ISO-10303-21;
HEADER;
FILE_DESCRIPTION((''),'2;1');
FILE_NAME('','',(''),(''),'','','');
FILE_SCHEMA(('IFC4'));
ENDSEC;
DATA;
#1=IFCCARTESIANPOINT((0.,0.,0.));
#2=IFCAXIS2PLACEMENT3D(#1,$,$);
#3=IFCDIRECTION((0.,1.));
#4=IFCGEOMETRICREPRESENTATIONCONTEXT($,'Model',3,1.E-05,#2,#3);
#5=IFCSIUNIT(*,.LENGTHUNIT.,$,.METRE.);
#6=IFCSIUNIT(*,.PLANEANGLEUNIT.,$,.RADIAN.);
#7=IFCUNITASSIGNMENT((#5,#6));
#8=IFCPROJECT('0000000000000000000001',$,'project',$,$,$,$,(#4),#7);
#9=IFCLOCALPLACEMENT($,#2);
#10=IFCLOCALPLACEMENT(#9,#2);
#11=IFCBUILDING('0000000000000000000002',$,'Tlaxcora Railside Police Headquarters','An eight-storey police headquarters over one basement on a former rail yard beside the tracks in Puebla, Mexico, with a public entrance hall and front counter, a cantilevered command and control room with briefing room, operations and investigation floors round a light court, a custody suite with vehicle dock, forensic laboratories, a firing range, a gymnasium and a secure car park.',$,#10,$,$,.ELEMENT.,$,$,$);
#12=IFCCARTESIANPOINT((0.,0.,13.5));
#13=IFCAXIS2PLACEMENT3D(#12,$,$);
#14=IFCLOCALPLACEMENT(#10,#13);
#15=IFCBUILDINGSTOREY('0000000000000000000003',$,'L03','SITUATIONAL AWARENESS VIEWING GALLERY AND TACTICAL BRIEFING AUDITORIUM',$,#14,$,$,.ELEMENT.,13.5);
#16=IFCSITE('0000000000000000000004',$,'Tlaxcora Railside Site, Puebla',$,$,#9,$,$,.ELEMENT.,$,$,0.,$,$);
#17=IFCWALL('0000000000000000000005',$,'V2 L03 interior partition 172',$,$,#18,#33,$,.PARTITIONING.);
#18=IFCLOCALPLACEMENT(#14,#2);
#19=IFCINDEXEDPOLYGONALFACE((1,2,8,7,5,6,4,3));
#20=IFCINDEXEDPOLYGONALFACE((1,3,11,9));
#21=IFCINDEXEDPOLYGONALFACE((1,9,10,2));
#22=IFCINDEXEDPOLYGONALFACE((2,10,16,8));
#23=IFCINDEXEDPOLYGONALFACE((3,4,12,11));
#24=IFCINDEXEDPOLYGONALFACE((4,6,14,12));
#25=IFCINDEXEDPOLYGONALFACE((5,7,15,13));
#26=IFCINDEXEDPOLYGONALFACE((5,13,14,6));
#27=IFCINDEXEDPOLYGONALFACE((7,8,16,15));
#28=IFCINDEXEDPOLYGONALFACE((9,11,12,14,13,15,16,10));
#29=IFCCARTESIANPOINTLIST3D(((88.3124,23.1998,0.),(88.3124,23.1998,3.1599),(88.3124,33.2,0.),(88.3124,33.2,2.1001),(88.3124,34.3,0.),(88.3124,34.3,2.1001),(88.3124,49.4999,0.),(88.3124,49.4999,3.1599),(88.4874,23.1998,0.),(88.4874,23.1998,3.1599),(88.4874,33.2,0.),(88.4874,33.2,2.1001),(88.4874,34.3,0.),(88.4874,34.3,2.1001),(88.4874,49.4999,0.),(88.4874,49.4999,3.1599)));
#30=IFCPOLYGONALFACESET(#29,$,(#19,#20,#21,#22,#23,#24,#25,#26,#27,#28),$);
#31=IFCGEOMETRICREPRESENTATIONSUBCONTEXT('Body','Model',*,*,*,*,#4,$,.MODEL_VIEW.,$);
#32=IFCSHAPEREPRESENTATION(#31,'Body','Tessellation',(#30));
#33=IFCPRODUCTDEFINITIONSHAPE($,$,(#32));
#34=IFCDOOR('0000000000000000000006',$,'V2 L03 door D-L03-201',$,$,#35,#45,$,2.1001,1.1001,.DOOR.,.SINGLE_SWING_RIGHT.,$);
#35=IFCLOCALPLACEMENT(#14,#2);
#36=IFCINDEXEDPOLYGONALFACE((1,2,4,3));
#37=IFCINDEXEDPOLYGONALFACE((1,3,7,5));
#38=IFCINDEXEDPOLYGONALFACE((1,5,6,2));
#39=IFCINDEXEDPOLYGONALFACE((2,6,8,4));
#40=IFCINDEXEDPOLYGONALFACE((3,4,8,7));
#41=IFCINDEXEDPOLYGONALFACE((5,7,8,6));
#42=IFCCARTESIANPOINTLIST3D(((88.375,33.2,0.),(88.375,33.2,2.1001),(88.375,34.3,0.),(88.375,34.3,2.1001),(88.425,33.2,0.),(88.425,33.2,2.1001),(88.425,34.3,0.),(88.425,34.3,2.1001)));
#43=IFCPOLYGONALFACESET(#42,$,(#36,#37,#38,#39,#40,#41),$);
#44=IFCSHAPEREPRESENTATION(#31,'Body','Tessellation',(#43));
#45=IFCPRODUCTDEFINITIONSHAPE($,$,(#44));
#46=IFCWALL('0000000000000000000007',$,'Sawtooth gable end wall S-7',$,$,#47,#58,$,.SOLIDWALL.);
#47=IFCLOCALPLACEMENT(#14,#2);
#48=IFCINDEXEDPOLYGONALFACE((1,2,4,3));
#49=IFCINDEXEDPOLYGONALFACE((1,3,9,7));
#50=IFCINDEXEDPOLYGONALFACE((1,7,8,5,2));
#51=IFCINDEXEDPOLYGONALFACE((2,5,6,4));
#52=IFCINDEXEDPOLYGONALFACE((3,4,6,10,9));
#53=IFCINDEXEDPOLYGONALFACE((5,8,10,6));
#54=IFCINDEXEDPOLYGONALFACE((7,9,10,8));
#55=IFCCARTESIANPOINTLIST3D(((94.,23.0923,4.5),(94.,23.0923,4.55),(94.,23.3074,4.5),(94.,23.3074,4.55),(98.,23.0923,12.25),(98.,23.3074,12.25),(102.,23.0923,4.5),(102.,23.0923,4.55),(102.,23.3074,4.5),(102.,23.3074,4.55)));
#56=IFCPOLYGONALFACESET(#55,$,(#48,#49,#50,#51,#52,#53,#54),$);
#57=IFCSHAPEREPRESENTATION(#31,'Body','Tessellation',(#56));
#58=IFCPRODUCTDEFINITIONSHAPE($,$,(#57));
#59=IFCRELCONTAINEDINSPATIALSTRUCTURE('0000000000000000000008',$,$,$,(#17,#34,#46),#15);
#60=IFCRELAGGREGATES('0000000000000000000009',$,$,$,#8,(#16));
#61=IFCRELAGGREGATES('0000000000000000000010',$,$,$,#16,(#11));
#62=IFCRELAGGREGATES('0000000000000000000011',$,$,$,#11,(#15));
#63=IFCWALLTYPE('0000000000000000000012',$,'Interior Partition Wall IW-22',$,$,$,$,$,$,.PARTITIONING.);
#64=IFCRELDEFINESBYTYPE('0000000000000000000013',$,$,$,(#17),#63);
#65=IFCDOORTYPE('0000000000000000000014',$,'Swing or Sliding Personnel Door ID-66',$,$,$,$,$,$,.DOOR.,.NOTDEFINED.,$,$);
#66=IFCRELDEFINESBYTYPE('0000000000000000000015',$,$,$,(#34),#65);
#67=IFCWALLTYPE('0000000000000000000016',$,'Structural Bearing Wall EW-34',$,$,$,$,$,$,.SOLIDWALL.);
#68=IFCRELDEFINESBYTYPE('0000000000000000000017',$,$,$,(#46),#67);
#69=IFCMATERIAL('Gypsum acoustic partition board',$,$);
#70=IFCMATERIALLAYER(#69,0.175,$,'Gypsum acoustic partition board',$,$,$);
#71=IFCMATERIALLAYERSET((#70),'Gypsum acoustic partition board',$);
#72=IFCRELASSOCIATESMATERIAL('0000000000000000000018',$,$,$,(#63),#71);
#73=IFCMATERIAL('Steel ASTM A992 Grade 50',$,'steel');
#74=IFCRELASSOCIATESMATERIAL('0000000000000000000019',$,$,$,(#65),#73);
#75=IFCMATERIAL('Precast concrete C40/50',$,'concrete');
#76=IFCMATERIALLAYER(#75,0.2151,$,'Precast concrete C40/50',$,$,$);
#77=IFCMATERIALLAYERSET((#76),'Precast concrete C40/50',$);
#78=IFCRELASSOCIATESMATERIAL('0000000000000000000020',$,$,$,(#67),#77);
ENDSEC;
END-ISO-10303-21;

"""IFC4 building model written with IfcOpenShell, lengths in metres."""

from ifc_helpers import new_model, si_unit, direction, frame, frame_2d, origin, place, context, subcontext, project, spatial, polyline, rectangle, outline, extrude, material, layer, layer_set, type_object, element, fill, save


model = new_model("IFC4")

# Units and contexts
model_context = context("Model", 3, precision=1e-05, world=origin(), true_north=direction((0.0, 1.0)))
body_context = subcontext(model_context, "Body", "Model", "MODEL_VIEW")
ifc_project = project(units=[si_unit("LENGTHUNIT", "METRE"), si_unit("PLANEANGLEUNIT", "RADIAN")], contexts=[model_context])

# Site, building, storey
site_placement = place(None, origin())
site = spatial("IfcSite", under=ifc_project, at=site_placement, Name="Tlaxcora Railside Site, Puebla", CompositionType="ELEMENT", RefElevation=0.0)
building_placement = place(site_placement, origin())
building = spatial("IfcBuilding", under=site, at=building_placement, Name="Tlaxcora Railside Police Headquarters", Description="An eight-storey police headquarters over one basement on a former rail yard beside the tracks in Puebla, Mexico, with a public entrance hall and front counter, a cantilevered command and control room with briefing room, operations and investigation floors round a light court, a custody suite with vehicle dock, forensic laboratories, a firing range, a gymnasium and a secure car park.", CompositionType="ELEMENT")
storey_placement = place(building_placement, frame((0.0, 0.0, 13.5)))
storey = spatial("IfcBuildingStorey", under=building, at=storey_placement, Name="L03", Description="SITUATIONAL AWARENESS VIEWING GALLERY AND TACTICAL BRIEFING AUDITORIUM", CompositionType="ELEMENT", Elevation=13.5)

# Shared definitions
ifc_material_1 = material(Name="Steel ASTM A992 Grade 50", Category="steel")

# Wall, opening, door
ifc_material_2 = material(Name="Gypsum acoustic partition board")
ifc_layer_1 = layer(ifc_material_2, 0.175, Name="Gypsum acoustic partition board")
ifc_layer_set_1 = layer_set([ifc_layer_1], Name="Gypsum acoustic partition board")
wall_type_1 = type_object("IfcWallType", Name="Interior Partition Wall IW-22", PredefinedType="PARTITIONING", material=ifc_layer_set_1)
wall_1_placement = place(storey_placement, frame((88.3999, 23.2, 0.0), z_axis=(0.0, 0.0, 1.0), x_axis=(0.0, 1.0, 0.0)))
wall_1 = element("IfcWall", 1, at=wall_1_placement, inside=storey, type_object=wall_type_1, Name="V2 L03 interior partition 172", PredefinedType="PARTITIONING", context=body_context, shape_type="SweptSolid", body=[
    extrude(rectangle(XDim=26.3, YDim=0.175, at=frame_2d((13.1499, 0.0))), origin(), (0.0, 0.0, 1.0), 3.1599),
])
opening_placement = place(wall_1_placement, frame((10.0, 0.0, 0.0)))
opening = element("IfcOpeningElement", 2, at=opening_placement, cuts=wall_1, PredefinedType="OPENING", context=body_context, shape_type="SweptSolid", body=[
    extrude(rectangle(XDim=1.1001, YDim=2.1001, at=frame_2d((0.55, 1.05))), frame((0.0, 0.0977, 0.0), z_axis=(0.0, -1.0, 0.0), x_axis=(1.0, 0.0, 0.0)), (0.0, 0.0, 1.0), 0.1951),
])
door_type = type_object("IfcDoorType", Name="Swing or Sliding Personnel Door ID-66", OperationType="NOTDEFINED", PredefinedType="DOOR", material=ifc_material_1)
door_placement = place(opening_placement, origin())
door = element("IfcDoor", 3, at=door_placement, inside=storey, type_object=door_type, Name="V2 L03 door D-L03-201", OperationType="SINGLE_SWING_RIGHT", OverallHeight=2.1001, OverallWidth=1.1001, PredefinedType="DOOR", context=body_context, shape_type="SweptSolid", body=[
    extrude(rectangle(XDim=1.1001, YDim=2.1001, at=frame_2d((0.55, 1.05))), frame((0.0, 0.0249, 0.0), z_axis=(0.0, -1.0, 0.0), x_axis=(1.0, 0.0, 0.0)), (0.0, 0.0, 1.0), 0.05),
])
fill(opening, door)

# Wall
ifc_material_3 = material(Name="Precast concrete C40/50", Category="concrete")
ifc_layer_2 = layer(ifc_material_3, 0.2151, Name="Precast concrete C40/50")
ifc_layer_set_2 = layer_set([ifc_layer_2], Name="Precast concrete C40/50")
wall_type_2 = type_object("IfcWallType", Name="Structural Bearing Wall EW-34", PredefinedType="SOLIDWALL", material=ifc_layer_set_2)
wall_2_placement = place(storey_placement, frame((94.0, 23.2, 4.5), z_axis=(0.0, 0.0, 1.0), x_axis=(1.0, 0.0, 0.0)))
element("IfcWall", 4, at=wall_2_placement, inside=storey, type_object=wall_type_2, Name="Sawtooth gable end wall S-7", PredefinedType="SOLIDWALL", context=body_context, shape_type="SweptSolid", body=[
    extrude(outline(polyline([(0.0, 0.0), (8.0, 0.0), (8.0, 0.05), (4.0, 7.75), (0.0, 0.05), (0.0, 0.0)])), frame((0.0, 0.1074, 0.0), z_axis=(0.0, -1.0, 0.0), x_axis=(1.0, 0.0, 0.0)), (0.0, 0.0, 1.0), 0.2151),
])

save(model, "model.ifc")
